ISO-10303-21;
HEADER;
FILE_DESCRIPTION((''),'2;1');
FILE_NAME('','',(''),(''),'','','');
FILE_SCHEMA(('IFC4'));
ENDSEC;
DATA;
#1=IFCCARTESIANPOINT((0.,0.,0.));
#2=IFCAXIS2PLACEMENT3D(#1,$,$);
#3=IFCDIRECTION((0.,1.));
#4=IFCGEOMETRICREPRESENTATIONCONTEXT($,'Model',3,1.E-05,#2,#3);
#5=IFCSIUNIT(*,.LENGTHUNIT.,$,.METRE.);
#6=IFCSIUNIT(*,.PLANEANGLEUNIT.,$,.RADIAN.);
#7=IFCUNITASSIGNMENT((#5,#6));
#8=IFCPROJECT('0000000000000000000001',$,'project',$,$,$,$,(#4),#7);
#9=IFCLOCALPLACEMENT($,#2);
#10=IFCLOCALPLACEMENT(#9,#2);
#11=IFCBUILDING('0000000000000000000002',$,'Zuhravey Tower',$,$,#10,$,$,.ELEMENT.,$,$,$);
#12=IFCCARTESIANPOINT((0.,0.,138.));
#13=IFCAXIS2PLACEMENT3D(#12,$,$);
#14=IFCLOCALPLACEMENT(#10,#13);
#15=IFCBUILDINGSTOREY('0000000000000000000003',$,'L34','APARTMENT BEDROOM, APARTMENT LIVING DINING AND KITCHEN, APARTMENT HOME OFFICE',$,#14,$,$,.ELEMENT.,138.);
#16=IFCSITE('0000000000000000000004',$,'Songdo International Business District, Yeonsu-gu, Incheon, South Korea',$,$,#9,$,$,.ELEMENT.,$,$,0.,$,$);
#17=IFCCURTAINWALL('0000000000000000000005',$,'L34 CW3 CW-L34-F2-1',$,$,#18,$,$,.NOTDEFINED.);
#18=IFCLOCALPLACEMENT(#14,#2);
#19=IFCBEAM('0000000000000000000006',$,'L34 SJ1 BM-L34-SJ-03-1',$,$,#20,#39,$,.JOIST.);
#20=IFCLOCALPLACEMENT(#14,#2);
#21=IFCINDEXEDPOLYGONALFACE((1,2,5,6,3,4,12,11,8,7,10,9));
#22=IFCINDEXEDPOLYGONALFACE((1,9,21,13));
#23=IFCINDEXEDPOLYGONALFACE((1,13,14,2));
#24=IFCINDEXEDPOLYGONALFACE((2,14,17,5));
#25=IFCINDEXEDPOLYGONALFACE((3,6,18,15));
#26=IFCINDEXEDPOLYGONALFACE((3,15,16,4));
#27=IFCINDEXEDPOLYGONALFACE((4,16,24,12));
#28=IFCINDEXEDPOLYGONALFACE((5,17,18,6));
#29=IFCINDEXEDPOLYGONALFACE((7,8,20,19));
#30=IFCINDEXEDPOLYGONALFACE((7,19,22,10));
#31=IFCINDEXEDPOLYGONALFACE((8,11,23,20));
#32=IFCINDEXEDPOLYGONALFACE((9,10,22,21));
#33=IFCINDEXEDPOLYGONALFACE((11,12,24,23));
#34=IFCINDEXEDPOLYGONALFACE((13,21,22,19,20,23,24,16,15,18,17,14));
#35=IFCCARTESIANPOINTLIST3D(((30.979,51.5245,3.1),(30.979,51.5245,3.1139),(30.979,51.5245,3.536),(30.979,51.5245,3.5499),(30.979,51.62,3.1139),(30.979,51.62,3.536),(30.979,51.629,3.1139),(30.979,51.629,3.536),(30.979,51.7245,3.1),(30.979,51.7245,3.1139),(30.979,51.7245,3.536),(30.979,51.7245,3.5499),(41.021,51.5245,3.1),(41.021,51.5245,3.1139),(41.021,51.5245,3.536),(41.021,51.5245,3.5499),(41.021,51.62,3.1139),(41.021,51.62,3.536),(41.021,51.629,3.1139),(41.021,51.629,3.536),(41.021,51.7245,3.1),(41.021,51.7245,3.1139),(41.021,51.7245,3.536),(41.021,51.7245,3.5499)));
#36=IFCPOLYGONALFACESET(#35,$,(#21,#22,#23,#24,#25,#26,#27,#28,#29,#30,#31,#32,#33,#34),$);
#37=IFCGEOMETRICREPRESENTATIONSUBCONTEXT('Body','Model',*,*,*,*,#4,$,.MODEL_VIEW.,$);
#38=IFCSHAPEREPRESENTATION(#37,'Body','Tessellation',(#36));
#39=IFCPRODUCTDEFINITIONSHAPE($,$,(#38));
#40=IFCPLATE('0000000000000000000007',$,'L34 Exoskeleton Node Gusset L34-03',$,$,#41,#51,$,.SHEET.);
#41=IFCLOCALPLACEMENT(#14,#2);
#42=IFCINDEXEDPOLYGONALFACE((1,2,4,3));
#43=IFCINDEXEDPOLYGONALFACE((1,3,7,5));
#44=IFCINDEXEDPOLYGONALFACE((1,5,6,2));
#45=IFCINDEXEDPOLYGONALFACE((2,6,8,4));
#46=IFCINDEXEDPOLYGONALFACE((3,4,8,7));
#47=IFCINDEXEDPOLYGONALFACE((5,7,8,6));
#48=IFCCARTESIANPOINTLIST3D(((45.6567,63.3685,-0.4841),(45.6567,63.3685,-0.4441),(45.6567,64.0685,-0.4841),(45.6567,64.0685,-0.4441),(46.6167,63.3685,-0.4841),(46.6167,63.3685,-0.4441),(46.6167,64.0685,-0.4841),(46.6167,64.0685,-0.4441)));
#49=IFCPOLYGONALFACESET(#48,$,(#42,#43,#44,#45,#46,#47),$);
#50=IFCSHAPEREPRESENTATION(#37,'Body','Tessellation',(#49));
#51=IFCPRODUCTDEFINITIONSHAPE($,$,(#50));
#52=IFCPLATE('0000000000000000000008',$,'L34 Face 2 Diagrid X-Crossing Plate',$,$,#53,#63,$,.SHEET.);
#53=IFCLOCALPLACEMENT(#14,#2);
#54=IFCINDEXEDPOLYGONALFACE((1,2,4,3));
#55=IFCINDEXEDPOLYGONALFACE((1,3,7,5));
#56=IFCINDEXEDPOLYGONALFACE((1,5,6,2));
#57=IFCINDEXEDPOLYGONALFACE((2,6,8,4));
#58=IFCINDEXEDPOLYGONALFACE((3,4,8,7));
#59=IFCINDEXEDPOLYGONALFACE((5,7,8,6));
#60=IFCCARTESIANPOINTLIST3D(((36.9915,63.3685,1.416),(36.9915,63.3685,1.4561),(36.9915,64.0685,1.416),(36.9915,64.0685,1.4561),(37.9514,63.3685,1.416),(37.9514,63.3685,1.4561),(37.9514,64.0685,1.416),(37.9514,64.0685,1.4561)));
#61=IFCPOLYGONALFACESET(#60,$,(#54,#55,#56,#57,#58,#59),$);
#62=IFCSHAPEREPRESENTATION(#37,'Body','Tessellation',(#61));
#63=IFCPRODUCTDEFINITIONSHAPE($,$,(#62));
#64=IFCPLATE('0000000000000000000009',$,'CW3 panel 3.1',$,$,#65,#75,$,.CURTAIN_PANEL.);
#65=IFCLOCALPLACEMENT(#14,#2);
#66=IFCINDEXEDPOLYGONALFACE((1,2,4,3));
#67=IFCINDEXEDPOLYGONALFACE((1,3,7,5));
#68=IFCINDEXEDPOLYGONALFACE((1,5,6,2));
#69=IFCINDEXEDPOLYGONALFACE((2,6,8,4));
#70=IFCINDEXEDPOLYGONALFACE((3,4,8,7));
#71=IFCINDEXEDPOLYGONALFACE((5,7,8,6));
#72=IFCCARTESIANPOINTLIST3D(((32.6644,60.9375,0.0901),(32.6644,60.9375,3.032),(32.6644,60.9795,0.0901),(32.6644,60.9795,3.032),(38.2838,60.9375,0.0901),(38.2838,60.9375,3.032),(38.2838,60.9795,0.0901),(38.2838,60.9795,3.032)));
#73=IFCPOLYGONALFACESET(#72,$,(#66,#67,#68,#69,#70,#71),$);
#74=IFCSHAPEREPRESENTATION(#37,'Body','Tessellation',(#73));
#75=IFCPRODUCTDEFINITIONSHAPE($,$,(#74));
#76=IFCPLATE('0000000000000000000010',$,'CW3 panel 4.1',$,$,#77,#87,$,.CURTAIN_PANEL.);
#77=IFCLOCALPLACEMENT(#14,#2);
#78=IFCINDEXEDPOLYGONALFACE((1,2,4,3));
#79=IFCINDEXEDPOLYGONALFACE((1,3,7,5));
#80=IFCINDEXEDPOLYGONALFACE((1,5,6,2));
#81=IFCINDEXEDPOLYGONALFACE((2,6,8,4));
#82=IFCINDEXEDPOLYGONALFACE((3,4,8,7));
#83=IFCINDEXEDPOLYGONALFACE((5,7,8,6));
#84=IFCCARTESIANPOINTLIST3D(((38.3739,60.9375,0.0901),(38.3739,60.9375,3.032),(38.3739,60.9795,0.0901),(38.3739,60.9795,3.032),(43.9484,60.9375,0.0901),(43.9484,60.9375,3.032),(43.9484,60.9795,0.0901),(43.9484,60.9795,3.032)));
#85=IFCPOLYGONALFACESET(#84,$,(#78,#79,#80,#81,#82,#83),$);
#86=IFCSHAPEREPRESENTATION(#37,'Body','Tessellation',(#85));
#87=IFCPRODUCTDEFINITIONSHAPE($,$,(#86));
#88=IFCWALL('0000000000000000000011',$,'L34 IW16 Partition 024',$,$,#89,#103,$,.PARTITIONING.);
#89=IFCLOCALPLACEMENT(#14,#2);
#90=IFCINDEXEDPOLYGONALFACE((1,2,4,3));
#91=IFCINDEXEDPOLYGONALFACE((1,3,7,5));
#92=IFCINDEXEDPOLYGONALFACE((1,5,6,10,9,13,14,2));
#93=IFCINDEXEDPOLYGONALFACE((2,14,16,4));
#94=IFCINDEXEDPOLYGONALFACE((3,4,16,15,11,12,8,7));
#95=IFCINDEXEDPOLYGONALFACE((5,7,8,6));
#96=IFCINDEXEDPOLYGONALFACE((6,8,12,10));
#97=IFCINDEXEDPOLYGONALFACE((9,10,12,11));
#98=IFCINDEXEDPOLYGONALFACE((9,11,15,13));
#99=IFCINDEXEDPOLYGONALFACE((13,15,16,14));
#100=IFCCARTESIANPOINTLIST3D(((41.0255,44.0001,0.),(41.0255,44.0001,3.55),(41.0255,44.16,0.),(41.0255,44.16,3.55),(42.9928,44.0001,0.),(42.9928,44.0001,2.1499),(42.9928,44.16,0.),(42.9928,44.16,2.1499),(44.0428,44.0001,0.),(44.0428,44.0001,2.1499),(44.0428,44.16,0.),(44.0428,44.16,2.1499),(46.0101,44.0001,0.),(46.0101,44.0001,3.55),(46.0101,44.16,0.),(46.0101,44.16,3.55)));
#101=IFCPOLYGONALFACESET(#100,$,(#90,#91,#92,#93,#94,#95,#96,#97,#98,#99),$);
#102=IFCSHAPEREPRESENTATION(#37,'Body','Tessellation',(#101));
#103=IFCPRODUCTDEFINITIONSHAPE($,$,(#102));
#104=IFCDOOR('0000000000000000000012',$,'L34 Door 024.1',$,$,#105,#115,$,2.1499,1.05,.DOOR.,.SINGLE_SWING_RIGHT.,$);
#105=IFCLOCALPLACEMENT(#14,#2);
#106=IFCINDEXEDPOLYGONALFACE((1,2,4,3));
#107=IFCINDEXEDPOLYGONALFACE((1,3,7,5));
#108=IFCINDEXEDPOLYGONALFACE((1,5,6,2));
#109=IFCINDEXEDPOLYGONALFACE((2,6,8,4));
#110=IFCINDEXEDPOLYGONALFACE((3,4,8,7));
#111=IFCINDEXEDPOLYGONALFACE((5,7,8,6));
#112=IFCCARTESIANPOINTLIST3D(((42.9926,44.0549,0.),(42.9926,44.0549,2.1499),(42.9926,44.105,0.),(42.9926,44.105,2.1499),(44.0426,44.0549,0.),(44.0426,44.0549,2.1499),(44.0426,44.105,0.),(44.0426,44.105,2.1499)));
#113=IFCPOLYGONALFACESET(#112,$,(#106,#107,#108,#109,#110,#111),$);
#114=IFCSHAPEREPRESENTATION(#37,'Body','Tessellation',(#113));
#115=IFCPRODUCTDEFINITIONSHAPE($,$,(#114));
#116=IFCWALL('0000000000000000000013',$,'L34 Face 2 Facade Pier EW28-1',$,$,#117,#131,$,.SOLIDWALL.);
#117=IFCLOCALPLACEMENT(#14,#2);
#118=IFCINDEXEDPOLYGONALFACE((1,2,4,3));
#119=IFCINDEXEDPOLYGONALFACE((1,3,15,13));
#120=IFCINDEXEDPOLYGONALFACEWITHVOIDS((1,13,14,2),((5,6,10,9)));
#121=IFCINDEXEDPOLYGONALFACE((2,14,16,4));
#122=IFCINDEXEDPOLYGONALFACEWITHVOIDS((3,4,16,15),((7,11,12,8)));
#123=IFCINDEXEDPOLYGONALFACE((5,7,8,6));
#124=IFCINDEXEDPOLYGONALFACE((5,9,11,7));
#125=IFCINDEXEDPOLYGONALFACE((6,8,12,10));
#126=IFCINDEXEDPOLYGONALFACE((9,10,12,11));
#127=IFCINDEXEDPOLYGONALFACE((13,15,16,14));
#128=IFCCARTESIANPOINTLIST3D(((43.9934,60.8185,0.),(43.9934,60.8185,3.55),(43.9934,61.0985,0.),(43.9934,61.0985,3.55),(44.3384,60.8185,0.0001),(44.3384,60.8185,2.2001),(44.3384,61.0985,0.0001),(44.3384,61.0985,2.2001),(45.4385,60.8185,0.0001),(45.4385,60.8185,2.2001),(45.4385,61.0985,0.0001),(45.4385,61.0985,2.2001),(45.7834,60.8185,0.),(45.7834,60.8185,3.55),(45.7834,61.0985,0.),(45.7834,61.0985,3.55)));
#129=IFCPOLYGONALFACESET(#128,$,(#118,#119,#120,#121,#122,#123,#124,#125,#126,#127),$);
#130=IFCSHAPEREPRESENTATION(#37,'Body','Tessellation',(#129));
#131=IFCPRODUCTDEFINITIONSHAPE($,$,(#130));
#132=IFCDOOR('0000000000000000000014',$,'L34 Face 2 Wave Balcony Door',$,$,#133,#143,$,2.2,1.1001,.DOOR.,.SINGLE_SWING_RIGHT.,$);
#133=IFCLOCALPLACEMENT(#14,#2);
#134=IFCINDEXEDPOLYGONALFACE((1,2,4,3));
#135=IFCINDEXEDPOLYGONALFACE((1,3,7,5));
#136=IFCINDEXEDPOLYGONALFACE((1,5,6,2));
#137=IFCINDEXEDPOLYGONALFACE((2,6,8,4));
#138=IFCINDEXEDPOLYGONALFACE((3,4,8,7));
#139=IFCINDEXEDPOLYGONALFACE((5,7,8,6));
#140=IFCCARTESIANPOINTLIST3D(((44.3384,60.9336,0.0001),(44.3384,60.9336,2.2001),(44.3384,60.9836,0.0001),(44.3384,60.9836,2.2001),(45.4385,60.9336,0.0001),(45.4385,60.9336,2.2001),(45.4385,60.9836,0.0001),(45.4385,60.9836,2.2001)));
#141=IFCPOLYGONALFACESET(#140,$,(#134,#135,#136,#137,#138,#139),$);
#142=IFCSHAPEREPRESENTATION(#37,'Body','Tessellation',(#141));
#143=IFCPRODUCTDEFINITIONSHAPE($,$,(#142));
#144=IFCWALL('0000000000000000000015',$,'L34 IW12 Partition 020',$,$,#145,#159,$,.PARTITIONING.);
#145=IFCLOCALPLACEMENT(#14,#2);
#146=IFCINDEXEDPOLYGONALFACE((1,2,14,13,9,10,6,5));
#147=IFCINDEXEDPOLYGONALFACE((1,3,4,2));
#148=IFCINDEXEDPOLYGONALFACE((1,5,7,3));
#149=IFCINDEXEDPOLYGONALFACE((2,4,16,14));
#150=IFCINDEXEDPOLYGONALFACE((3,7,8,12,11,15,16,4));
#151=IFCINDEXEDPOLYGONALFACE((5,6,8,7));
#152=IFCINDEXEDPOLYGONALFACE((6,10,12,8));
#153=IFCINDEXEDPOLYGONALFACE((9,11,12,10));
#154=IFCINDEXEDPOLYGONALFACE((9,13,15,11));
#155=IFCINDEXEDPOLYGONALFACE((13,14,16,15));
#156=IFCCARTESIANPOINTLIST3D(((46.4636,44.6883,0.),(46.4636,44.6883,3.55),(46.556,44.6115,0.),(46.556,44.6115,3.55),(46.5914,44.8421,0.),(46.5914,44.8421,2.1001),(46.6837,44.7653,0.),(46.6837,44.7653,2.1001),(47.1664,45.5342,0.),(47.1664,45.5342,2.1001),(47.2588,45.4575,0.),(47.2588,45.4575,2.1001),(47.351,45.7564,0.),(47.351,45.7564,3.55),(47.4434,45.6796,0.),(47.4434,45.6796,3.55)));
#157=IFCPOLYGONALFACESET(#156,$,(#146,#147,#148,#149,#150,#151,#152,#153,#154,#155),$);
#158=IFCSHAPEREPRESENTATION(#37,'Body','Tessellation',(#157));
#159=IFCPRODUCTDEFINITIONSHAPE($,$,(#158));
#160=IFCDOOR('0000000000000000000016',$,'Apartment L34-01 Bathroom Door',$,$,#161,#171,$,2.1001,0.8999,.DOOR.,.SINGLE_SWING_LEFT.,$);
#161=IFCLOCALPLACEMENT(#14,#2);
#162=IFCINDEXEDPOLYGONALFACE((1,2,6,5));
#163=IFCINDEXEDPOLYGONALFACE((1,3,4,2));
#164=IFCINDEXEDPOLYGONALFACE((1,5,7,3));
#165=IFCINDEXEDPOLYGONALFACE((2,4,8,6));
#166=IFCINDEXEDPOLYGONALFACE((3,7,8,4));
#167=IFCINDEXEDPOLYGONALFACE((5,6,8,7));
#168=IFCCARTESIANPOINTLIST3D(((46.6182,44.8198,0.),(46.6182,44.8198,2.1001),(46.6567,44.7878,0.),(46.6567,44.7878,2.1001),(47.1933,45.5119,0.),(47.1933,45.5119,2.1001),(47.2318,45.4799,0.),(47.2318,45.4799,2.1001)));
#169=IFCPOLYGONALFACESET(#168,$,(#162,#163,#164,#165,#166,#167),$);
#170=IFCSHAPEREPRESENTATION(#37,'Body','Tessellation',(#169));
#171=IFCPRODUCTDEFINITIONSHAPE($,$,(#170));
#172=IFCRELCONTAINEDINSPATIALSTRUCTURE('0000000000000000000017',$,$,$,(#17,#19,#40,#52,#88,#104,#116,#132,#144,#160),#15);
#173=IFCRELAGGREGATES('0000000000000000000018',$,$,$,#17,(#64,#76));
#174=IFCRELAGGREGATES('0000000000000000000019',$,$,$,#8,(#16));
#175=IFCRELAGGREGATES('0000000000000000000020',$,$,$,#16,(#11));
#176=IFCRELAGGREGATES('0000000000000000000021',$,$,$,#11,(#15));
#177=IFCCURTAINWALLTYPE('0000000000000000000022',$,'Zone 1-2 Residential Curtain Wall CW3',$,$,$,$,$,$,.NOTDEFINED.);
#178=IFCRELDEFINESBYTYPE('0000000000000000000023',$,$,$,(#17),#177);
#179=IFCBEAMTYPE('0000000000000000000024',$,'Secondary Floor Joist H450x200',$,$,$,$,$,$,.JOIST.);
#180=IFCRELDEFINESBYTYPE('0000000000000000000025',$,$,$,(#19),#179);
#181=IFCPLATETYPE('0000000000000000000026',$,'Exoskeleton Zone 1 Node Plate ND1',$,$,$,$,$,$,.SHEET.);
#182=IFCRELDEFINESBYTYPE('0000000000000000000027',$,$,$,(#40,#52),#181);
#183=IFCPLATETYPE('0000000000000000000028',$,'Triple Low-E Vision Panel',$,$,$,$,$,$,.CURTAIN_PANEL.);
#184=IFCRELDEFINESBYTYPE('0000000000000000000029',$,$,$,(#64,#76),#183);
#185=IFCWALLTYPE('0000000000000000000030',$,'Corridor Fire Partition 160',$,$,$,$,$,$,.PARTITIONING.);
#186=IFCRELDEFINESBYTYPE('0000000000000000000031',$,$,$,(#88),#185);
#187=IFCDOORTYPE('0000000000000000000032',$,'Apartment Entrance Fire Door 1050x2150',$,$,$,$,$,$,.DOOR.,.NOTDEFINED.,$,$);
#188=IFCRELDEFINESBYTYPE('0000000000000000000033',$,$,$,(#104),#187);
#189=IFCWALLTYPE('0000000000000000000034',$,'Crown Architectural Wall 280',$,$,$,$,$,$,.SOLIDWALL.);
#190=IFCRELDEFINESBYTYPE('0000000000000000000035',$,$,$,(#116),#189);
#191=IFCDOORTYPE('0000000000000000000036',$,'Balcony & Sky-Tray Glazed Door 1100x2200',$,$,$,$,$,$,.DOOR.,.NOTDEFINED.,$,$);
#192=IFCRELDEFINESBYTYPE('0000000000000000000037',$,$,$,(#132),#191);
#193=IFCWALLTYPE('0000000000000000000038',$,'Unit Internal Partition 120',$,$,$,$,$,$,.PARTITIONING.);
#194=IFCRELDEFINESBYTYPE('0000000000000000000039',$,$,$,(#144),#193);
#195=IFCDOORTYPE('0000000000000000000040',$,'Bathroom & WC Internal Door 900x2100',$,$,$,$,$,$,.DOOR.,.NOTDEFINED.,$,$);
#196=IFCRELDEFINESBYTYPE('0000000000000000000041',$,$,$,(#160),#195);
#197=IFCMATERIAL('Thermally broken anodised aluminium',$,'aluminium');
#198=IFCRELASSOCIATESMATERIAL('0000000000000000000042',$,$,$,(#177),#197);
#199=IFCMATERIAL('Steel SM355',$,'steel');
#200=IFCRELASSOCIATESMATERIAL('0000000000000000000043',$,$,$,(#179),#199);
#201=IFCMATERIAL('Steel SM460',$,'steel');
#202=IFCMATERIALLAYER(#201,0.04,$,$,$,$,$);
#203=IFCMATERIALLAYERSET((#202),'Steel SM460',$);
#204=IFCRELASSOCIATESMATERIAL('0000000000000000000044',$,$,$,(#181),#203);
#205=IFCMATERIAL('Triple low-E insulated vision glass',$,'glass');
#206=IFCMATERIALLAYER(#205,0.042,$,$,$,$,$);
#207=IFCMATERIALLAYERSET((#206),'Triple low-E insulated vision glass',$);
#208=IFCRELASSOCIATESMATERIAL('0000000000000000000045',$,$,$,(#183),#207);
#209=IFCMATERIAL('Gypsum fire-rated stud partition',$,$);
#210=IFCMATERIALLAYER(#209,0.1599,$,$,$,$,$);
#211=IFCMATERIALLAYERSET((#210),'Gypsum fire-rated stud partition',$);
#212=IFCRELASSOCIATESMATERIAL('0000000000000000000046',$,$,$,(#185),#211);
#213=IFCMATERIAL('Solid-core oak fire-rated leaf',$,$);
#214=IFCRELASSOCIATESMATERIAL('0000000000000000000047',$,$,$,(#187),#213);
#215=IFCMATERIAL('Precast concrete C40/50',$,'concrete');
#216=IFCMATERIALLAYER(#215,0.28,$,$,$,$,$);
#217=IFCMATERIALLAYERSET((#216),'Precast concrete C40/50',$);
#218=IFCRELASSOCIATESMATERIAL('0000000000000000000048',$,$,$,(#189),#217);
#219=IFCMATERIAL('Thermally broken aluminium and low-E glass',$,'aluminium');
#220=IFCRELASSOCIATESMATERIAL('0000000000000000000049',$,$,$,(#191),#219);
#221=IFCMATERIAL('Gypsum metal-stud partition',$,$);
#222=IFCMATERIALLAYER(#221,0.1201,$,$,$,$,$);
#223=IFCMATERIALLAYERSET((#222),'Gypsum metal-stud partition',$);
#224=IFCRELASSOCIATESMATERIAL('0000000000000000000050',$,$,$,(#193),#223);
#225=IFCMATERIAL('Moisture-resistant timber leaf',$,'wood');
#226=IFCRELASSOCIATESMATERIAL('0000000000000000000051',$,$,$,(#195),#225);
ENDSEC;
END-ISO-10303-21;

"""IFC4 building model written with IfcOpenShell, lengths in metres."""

from ifc_helpers import new_model, si_unit, direction, frame, frame_2d, origin, origin_2d, place, context, subcontext, project, spatial, rectangle, i_section, extrude, material, layer, layer_set, material_profile, profile_set, type_object, element, fill, aggregate, save


model = new_model("IFC4")

# Units and contexts
model_context = context("Model", 3, precision=1e-05, world=origin(), true_north=direction((0.0, 1.0)))
body_context = subcontext(model_context, "Body", "Model", "MODEL_VIEW")
ifc_project = project(units=[si_unit("LENGTHUNIT", "METRE"), si_unit("PLANEANGLEUNIT", "RADIAN")], contexts=[model_context])

# Site, building, storey
site_placement = place(None, origin())
site = spatial("IfcSite", under=ifc_project, at=site_placement, Name="Songdo International Business District, Yeonsu-gu, Incheon, South Korea", CompositionType="ELEMENT", RefElevation=0.0)
building_placement = place(site_placement, origin())
building = spatial("IfcBuilding", under=site, at=building_placement, Name="Zuhravey Tower", CompositionType="ELEMENT")
storey_placement = place(building_placement, frame((0.0, 0.0, 138.0)))
storey = spatial("IfcBuildingStorey", under=building, at=storey_placement, Name="L34", Description="APARTMENT BEDROOM, APARTMENT LIVING DINING AND KITCHEN, APARTMENT HOME OFFICE", CompositionType="ELEMENT", Elevation=138.0)

# Curtain wall
ifc_material_1 = material(Name="Thermally broken anodised aluminium", Category="aluminium")
curtain_wall_type = type_object("IfcCurtainWallType", Name="Zone 1-2 Residential Curtain Wall CW3", PredefinedType="NOTDEFINED", material=ifc_material_1)
curtain_wall_1_placement = place(storey_placement, origin())
curtain_wall_1 = element("IfcCurtainWall", 1, at=curtain_wall_1_placement, inside=storey, type_object=curtain_wall_type, Name="L34 CW3 CW-L34-F2-1", PredefinedType="NOTDEFINED")

# Shared definitions
ifc_material_2 = material(Name="Steel SM460", Category="steel")

# Shared definitions
ifc_material_3 = material(Name="Steel SM355", Category="steel")

# Beam
ifc_material_profile_1 = material_profile(ifc_material_3, i_section(OverallWidth=0.2, OverallDepth=0.45, WebThickness=0.009, FlangeThickness=0.0139, at=origin_2d()), Name="H-450x200x9x14")
ifc_profile_set_1 = profile_set([ifc_material_profile_1], Name="Steel SM355")
beam_type_1 = type_object("IfcBeamType", Name="Secondary Floor Joist H450x200", PredefinedType="JOIST", material=ifc_profile_set_1)
beam_1_placement = place(storey_placement, frame((41.021, 51.6245, 3.325), z_axis=(-1.0, 0.0, 0.0), x_axis=(0.0, -1.0, 0.0)))
element("IfcBeam", 2, at=beam_1_placement, inside=storey, type_object=beam_type_1, Name="L34 SJ1 BM-L34-SJ-03-1", PredefinedType="JOIST", context=body_context, shape_type="SweptSolid", body=[
    extrude(i_section(OverallWidth=0.2, OverallDepth=0.45, WebThickness=0.009, FlangeThickness=0.0139, at=origin_2d()), origin(), (0.0, 0.0, 1.0), 10.042),
])

# Plates
ifc_layer_1 = layer(ifc_material_2, 0.04)
ifc_layer_set_1 = layer_set([ifc_layer_1], Name="Steel SM460")
plate_type_1 = type_object("IfcPlateType", Name="Exoskeleton Zone 1 Node Plate ND1", PredefinedType="SHEET", material=ifc_layer_set_1)
for number, where, z_axis, x_axis, name in (
    (3, (46.1367, 63.7185, -0.4841), (0.0, 0.0, 1.0), (-1.0, 0.0, 0.0), "L34 Exoskeleton Node Gusset L34-03"),
    (4, (37.4714, 63.7185, 1.416), (0.0, 0.0, 1.0), (-1.0, 0.0, 0.0), "L34 Face 2 Diagrid X-Crossing Plate"),
):
    element("IfcPlate", number, at=place(storey_placement, frame(where, z_axis=z_axis, x_axis=x_axis)), inside=storey, type_object=plate_type_1, Name=name, PredefinedType="SHEET", context=body_context, shape_type="SweptSolid", body=[
        extrude(rectangle(XDim=0.96, YDim=0.7, at=origin_2d()), origin(), (0.0, 0.0, 1.0), 0.04),
    ])

# Plates
ifc_material_4 = material(Name="Triple low-E insulated vision glass", Category="glass")
ifc_layer_2 = layer(ifc_material_4, 0.042)
ifc_layer_set_2 = layer_set([ifc_layer_2], Name="Triple low-E insulated vision glass")
plate_type_2 = type_object("IfcPlateType", Name="Triple Low-E Vision Panel", PredefinedType="CURTAIN_PANEL", material=ifc_layer_set_2)
plate_1_placement = place(storey_placement, frame((35.4741, 60.9585, 0.0901), z_axis=(0.0, 0.0, 1.0), x_axis=(1.0, 0.0, 0.0)))
plate_1 = element("IfcPlate", 5, at=plate_1_placement, type_object=plate_type_2, Name="CW3 panel 3.1", PredefinedType="CURTAIN_PANEL", context=body_context, shape_type="SweptSolid", body=[
    extrude(rectangle(XDim=5.6194, YDim=0.042, at=origin_2d()), origin(), (0.0, 0.0, 1.0), 2.9419),
])
plate_2_placement = place(storey_placement, frame((41.1611, 60.9585, 0.0901), z_axis=(0.0, 0.0, 1.0), x_axis=(1.0, 0.0, 0.0)))
plate_2 = element("IfcPlate", 6, at=plate_2_placement, type_object=plate_type_2, Name="CW3 panel 4.1", PredefinedType="CURTAIN_PANEL", context=body_context, shape_type="SweptSolid", body=[
    extrude(rectangle(XDim=5.5745, YDim=0.042, at=origin_2d()), origin(), (0.0, 0.0, 1.0), 2.9419),
])
aggregate(curtain_wall_1, [plate_1, plate_2])

# Walls, openings, doors
ifc_material_5 = material(Name="Gypsum fire-rated stud partition")
ifc_layer_3 = layer(ifc_material_5, 0.1599)
ifc_layer_set_3 = layer_set([ifc_layer_3], Name="Gypsum fire-rated stud partition")
wall_type_1 = type_object("IfcWallType", Name="Corridor Fire Partition 160", PredefinedType="PARTITIONING", material=ifc_layer_set_3)
wall_1_placement = place(storey_placement, frame((46.01, 44.0801, 0.0), z_axis=(0.0, 0.0, 1.0), x_axis=(-1.0, 0.0, 0.0)))
wall_1 = element("IfcWall", 7, at=wall_1_placement, inside=storey, type_object=wall_type_1, Name="L34 IW16 Partition 024", PredefinedType="PARTITIONING", context=body_context, shape_type="SweptSolid", body=[
    extrude(rectangle(XDim=4.9846, YDim=0.1599, at=frame_2d((2.4922, 0.0))), origin(), (0.0, 0.0, 1.0), 3.55),
])
opening_1_placement = place(wall_1_placement, frame((1.9673, 0.0, 0.0)))
opening_1 = element("IfcOpeningElement", 8, at=opening_1_placement, cuts=wall_1, PredefinedType="OPENING", context=body_context, shape_type="SweptSolid", body=[
    extrude(rectangle(XDim=1.05, YDim=2.1499, at=frame_2d((0.5249, 1.075))), frame((0.0, 0.092, 0.0), z_axis=(0.0, -1.0, 0.0), x_axis=(1.0, 0.0, 0.0)), (0.0, 0.0, 1.0), 0.1838),
])
ifc_material_6 = material(Name="Solid-core oak fire-rated leaf")
door_type_1 = type_object("IfcDoorType", Name="Apartment Entrance Fire Door 1050x2150", OperationType="NOTDEFINED", PredefinedType="DOOR", material=ifc_material_6)
door_1_placement = place(opening_1_placement, frame((1.05, 0.0, 0.0), z_axis=(0.0, 0.0, 1.0), x_axis=(-1.0, 0.0, 0.0)))
door_1 = element("IfcDoor", 9, at=door_1_placement, inside=storey, type_object=door_type_1, Name="L34 Door 024.1", OperationType="SINGLE_SWING_RIGHT", OverallHeight=2.1499, OverallWidth=1.05, PredefinedType="DOOR", context=body_context, shape_type="SweptSolid", body=[
    extrude(rectangle(XDim=1.05, YDim=2.1499, at=frame_2d((0.5249, 1.075))), frame((0.0, 0.0249, 0.0), z_axis=(0.0, -1.0, 0.0), x_axis=(1.0, 0.0, 0.0)), (0.0, 0.0, 1.0), 0.05),
])
fill(opening_1, door_1)
ifc_material_7 = material(Name="Precast concrete C40/50", Category="concrete")
ifc_layer_4 = layer(ifc_material_7, 0.28)
ifc_layer_set_4 = layer_set([ifc_layer_4], Name="Precast concrete C40/50")
wall_type_2 = type_object("IfcWallType", Name="Crown Architectural Wall 280", PredefinedType="SOLIDWALL", material=ifc_layer_set_4)
wall_2_placement = place(storey_placement, frame((43.9934, 60.9585, 0.0), z_axis=(0.0, 0.0, 1.0), x_axis=(1.0, 0.0, 0.0)))
wall_2 = element("IfcWall", 10, at=wall_2_placement, inside=storey, type_object=wall_type_2, Name="L34 Face 2 Facade Pier EW28-1", PredefinedType="SOLIDWALL", context=body_context, shape_type="SweptSolid", body=[
    extrude(rectangle(XDim=1.79, YDim=0.28, at=frame_2d((0.895, 0.0))), origin(), (0.0, 0.0, 1.0), 3.55),
])
opening_2_placement = place(wall_2_placement, frame((0.345, 0.0, 0.0)))
opening_2 = element("IfcOpeningElement", 11, at=opening_2_placement, cuts=wall_2, PredefinedType="OPENING", context=body_context, shape_type="SweptSolid", body=[
    extrude(rectangle(XDim=1.1001, YDim=2.2, at=frame_2d((0.55, 1.1001))), frame((0.0, 0.1521, 0.0), z_axis=(0.0, -1.0, 0.0), x_axis=(1.0, 0.0, 0.0)), (0.0, 0.0, 1.0), 0.304),
])
ifc_material_8 = material(Name="Thermally broken aluminium and low-E glass", Category="aluminium")
door_type_2 = type_object("IfcDoorType", Name="Balcony & Sky-Tray Glazed Door 1100x2200", OperationType="NOTDEFINED", PredefinedType="DOOR", material=ifc_material_8)
door_2_placement = place(opening_2_placement, frame((1.1001, 0.0, 0.0), z_axis=(0.0, 0.0, 1.0), x_axis=(-1.0, 0.0, 0.0)))
door_2 = element("IfcDoor", 12, at=door_2_placement, inside=storey, type_object=door_type_2, Name="L34 Face 2 Wave Balcony Door", OperationType="SINGLE_SWING_RIGHT", OverallHeight=2.2, OverallWidth=1.1001, PredefinedType="DOOR", context=body_context, shape_type="SweptSolid", body=[
    extrude(rectangle(XDim=1.1001, YDim=2.2, at=frame_2d((0.55, 1.1001))), frame((0.0, 0.0249, 0.0), z_axis=(0.0, -1.0, 0.0), x_axis=(1.0, 0.0, 0.0)), (0.0, 0.0, 1.0), 0.05),
])
fill(opening_2, door_2)
ifc_material_9 = material(Name="Gypsum metal-stud partition")
ifc_layer_5 = layer(ifc_material_9, 0.1201)
ifc_layer_set_5 = layer_set([ifc_layer_5], Name="Gypsum metal-stud partition")
wall_type_3 = type_object("IfcWallType", Name="Unit Internal Partition 120", PredefinedType="PARTITIONING", material=ifc_layer_set_5)
wall_3_placement = place(storey_placement, frame((46.5098, 44.6499, 0.0), z_axis=(0.0, 0.0, 1.0), x_axis=(0.63906, 0.769157, 0.0)))
wall_3 = element("IfcWall", 13, at=wall_3_placement, inside=storey, type_object=wall_type_3, Name="L34 IW12 Partition 020", PredefinedType="PARTITIONING", context=body_context, shape_type="SweptSolid", body=[
    extrude(rectangle(XDim=1.3887, YDim=0.1201, at=frame_2d((0.6943, 0.0))), origin(), (0.0, 0.0, 1.0), 3.55),
])
opening_3_placement = place(wall_3_placement, frame((0.2, 0.0, 0.0)))
opening_3 = element("IfcOpeningElement", 14, at=opening_3_placement, cuts=wall_3, PredefinedType="OPENING", context=body_context, shape_type="SweptSolid", body=[
    extrude(rectangle(XDim=0.8999, YDim=2.1001, at=frame_2d((0.45, 1.05))), frame((0.0, 0.072, 0.0), z_axis=(0.0, -1.0, 0.0), x_axis=(1.0, 0.0, 0.0)), (0.0, 0.0, 1.0), 0.144),
])
ifc_material_10 = material(Name="Moisture-resistant timber leaf", Category="wood")
door_type_3 = type_object("IfcDoorType", Name="Bathroom & WC Internal Door 900x2100", OperationType="NOTDEFINED", PredefinedType="DOOR", material=ifc_material_10)
door_3_placement = place(opening_3_placement, frame((0.8999, 0.0, 0.0), z_axis=(0.0, 0.0, 1.0), x_axis=(-1.0, 0.0, 0.0)))
door_3 = element("IfcDoor", 15, at=door_3_placement, inside=storey, type_object=door_type_3, Name="Apartment L34-01 Bathroom Door", OperationType="SINGLE_SWING_LEFT", OverallHeight=2.1001, OverallWidth=0.8999, PredefinedType="DOOR", context=body_context, shape_type="SweptSolid", body=[
    extrude(rectangle(XDim=0.8999, YDim=2.1001, at=frame_2d((0.45, 1.05))), frame((0.0, 0.0249, 0.0), z_axis=(0.0, -1.0, 0.0), x_axis=(1.0, 0.0, 0.0)), (0.0, 0.0, 1.0), 0.05),
])
fill(opening_3, door_3)

save(model, "model.ifc")
